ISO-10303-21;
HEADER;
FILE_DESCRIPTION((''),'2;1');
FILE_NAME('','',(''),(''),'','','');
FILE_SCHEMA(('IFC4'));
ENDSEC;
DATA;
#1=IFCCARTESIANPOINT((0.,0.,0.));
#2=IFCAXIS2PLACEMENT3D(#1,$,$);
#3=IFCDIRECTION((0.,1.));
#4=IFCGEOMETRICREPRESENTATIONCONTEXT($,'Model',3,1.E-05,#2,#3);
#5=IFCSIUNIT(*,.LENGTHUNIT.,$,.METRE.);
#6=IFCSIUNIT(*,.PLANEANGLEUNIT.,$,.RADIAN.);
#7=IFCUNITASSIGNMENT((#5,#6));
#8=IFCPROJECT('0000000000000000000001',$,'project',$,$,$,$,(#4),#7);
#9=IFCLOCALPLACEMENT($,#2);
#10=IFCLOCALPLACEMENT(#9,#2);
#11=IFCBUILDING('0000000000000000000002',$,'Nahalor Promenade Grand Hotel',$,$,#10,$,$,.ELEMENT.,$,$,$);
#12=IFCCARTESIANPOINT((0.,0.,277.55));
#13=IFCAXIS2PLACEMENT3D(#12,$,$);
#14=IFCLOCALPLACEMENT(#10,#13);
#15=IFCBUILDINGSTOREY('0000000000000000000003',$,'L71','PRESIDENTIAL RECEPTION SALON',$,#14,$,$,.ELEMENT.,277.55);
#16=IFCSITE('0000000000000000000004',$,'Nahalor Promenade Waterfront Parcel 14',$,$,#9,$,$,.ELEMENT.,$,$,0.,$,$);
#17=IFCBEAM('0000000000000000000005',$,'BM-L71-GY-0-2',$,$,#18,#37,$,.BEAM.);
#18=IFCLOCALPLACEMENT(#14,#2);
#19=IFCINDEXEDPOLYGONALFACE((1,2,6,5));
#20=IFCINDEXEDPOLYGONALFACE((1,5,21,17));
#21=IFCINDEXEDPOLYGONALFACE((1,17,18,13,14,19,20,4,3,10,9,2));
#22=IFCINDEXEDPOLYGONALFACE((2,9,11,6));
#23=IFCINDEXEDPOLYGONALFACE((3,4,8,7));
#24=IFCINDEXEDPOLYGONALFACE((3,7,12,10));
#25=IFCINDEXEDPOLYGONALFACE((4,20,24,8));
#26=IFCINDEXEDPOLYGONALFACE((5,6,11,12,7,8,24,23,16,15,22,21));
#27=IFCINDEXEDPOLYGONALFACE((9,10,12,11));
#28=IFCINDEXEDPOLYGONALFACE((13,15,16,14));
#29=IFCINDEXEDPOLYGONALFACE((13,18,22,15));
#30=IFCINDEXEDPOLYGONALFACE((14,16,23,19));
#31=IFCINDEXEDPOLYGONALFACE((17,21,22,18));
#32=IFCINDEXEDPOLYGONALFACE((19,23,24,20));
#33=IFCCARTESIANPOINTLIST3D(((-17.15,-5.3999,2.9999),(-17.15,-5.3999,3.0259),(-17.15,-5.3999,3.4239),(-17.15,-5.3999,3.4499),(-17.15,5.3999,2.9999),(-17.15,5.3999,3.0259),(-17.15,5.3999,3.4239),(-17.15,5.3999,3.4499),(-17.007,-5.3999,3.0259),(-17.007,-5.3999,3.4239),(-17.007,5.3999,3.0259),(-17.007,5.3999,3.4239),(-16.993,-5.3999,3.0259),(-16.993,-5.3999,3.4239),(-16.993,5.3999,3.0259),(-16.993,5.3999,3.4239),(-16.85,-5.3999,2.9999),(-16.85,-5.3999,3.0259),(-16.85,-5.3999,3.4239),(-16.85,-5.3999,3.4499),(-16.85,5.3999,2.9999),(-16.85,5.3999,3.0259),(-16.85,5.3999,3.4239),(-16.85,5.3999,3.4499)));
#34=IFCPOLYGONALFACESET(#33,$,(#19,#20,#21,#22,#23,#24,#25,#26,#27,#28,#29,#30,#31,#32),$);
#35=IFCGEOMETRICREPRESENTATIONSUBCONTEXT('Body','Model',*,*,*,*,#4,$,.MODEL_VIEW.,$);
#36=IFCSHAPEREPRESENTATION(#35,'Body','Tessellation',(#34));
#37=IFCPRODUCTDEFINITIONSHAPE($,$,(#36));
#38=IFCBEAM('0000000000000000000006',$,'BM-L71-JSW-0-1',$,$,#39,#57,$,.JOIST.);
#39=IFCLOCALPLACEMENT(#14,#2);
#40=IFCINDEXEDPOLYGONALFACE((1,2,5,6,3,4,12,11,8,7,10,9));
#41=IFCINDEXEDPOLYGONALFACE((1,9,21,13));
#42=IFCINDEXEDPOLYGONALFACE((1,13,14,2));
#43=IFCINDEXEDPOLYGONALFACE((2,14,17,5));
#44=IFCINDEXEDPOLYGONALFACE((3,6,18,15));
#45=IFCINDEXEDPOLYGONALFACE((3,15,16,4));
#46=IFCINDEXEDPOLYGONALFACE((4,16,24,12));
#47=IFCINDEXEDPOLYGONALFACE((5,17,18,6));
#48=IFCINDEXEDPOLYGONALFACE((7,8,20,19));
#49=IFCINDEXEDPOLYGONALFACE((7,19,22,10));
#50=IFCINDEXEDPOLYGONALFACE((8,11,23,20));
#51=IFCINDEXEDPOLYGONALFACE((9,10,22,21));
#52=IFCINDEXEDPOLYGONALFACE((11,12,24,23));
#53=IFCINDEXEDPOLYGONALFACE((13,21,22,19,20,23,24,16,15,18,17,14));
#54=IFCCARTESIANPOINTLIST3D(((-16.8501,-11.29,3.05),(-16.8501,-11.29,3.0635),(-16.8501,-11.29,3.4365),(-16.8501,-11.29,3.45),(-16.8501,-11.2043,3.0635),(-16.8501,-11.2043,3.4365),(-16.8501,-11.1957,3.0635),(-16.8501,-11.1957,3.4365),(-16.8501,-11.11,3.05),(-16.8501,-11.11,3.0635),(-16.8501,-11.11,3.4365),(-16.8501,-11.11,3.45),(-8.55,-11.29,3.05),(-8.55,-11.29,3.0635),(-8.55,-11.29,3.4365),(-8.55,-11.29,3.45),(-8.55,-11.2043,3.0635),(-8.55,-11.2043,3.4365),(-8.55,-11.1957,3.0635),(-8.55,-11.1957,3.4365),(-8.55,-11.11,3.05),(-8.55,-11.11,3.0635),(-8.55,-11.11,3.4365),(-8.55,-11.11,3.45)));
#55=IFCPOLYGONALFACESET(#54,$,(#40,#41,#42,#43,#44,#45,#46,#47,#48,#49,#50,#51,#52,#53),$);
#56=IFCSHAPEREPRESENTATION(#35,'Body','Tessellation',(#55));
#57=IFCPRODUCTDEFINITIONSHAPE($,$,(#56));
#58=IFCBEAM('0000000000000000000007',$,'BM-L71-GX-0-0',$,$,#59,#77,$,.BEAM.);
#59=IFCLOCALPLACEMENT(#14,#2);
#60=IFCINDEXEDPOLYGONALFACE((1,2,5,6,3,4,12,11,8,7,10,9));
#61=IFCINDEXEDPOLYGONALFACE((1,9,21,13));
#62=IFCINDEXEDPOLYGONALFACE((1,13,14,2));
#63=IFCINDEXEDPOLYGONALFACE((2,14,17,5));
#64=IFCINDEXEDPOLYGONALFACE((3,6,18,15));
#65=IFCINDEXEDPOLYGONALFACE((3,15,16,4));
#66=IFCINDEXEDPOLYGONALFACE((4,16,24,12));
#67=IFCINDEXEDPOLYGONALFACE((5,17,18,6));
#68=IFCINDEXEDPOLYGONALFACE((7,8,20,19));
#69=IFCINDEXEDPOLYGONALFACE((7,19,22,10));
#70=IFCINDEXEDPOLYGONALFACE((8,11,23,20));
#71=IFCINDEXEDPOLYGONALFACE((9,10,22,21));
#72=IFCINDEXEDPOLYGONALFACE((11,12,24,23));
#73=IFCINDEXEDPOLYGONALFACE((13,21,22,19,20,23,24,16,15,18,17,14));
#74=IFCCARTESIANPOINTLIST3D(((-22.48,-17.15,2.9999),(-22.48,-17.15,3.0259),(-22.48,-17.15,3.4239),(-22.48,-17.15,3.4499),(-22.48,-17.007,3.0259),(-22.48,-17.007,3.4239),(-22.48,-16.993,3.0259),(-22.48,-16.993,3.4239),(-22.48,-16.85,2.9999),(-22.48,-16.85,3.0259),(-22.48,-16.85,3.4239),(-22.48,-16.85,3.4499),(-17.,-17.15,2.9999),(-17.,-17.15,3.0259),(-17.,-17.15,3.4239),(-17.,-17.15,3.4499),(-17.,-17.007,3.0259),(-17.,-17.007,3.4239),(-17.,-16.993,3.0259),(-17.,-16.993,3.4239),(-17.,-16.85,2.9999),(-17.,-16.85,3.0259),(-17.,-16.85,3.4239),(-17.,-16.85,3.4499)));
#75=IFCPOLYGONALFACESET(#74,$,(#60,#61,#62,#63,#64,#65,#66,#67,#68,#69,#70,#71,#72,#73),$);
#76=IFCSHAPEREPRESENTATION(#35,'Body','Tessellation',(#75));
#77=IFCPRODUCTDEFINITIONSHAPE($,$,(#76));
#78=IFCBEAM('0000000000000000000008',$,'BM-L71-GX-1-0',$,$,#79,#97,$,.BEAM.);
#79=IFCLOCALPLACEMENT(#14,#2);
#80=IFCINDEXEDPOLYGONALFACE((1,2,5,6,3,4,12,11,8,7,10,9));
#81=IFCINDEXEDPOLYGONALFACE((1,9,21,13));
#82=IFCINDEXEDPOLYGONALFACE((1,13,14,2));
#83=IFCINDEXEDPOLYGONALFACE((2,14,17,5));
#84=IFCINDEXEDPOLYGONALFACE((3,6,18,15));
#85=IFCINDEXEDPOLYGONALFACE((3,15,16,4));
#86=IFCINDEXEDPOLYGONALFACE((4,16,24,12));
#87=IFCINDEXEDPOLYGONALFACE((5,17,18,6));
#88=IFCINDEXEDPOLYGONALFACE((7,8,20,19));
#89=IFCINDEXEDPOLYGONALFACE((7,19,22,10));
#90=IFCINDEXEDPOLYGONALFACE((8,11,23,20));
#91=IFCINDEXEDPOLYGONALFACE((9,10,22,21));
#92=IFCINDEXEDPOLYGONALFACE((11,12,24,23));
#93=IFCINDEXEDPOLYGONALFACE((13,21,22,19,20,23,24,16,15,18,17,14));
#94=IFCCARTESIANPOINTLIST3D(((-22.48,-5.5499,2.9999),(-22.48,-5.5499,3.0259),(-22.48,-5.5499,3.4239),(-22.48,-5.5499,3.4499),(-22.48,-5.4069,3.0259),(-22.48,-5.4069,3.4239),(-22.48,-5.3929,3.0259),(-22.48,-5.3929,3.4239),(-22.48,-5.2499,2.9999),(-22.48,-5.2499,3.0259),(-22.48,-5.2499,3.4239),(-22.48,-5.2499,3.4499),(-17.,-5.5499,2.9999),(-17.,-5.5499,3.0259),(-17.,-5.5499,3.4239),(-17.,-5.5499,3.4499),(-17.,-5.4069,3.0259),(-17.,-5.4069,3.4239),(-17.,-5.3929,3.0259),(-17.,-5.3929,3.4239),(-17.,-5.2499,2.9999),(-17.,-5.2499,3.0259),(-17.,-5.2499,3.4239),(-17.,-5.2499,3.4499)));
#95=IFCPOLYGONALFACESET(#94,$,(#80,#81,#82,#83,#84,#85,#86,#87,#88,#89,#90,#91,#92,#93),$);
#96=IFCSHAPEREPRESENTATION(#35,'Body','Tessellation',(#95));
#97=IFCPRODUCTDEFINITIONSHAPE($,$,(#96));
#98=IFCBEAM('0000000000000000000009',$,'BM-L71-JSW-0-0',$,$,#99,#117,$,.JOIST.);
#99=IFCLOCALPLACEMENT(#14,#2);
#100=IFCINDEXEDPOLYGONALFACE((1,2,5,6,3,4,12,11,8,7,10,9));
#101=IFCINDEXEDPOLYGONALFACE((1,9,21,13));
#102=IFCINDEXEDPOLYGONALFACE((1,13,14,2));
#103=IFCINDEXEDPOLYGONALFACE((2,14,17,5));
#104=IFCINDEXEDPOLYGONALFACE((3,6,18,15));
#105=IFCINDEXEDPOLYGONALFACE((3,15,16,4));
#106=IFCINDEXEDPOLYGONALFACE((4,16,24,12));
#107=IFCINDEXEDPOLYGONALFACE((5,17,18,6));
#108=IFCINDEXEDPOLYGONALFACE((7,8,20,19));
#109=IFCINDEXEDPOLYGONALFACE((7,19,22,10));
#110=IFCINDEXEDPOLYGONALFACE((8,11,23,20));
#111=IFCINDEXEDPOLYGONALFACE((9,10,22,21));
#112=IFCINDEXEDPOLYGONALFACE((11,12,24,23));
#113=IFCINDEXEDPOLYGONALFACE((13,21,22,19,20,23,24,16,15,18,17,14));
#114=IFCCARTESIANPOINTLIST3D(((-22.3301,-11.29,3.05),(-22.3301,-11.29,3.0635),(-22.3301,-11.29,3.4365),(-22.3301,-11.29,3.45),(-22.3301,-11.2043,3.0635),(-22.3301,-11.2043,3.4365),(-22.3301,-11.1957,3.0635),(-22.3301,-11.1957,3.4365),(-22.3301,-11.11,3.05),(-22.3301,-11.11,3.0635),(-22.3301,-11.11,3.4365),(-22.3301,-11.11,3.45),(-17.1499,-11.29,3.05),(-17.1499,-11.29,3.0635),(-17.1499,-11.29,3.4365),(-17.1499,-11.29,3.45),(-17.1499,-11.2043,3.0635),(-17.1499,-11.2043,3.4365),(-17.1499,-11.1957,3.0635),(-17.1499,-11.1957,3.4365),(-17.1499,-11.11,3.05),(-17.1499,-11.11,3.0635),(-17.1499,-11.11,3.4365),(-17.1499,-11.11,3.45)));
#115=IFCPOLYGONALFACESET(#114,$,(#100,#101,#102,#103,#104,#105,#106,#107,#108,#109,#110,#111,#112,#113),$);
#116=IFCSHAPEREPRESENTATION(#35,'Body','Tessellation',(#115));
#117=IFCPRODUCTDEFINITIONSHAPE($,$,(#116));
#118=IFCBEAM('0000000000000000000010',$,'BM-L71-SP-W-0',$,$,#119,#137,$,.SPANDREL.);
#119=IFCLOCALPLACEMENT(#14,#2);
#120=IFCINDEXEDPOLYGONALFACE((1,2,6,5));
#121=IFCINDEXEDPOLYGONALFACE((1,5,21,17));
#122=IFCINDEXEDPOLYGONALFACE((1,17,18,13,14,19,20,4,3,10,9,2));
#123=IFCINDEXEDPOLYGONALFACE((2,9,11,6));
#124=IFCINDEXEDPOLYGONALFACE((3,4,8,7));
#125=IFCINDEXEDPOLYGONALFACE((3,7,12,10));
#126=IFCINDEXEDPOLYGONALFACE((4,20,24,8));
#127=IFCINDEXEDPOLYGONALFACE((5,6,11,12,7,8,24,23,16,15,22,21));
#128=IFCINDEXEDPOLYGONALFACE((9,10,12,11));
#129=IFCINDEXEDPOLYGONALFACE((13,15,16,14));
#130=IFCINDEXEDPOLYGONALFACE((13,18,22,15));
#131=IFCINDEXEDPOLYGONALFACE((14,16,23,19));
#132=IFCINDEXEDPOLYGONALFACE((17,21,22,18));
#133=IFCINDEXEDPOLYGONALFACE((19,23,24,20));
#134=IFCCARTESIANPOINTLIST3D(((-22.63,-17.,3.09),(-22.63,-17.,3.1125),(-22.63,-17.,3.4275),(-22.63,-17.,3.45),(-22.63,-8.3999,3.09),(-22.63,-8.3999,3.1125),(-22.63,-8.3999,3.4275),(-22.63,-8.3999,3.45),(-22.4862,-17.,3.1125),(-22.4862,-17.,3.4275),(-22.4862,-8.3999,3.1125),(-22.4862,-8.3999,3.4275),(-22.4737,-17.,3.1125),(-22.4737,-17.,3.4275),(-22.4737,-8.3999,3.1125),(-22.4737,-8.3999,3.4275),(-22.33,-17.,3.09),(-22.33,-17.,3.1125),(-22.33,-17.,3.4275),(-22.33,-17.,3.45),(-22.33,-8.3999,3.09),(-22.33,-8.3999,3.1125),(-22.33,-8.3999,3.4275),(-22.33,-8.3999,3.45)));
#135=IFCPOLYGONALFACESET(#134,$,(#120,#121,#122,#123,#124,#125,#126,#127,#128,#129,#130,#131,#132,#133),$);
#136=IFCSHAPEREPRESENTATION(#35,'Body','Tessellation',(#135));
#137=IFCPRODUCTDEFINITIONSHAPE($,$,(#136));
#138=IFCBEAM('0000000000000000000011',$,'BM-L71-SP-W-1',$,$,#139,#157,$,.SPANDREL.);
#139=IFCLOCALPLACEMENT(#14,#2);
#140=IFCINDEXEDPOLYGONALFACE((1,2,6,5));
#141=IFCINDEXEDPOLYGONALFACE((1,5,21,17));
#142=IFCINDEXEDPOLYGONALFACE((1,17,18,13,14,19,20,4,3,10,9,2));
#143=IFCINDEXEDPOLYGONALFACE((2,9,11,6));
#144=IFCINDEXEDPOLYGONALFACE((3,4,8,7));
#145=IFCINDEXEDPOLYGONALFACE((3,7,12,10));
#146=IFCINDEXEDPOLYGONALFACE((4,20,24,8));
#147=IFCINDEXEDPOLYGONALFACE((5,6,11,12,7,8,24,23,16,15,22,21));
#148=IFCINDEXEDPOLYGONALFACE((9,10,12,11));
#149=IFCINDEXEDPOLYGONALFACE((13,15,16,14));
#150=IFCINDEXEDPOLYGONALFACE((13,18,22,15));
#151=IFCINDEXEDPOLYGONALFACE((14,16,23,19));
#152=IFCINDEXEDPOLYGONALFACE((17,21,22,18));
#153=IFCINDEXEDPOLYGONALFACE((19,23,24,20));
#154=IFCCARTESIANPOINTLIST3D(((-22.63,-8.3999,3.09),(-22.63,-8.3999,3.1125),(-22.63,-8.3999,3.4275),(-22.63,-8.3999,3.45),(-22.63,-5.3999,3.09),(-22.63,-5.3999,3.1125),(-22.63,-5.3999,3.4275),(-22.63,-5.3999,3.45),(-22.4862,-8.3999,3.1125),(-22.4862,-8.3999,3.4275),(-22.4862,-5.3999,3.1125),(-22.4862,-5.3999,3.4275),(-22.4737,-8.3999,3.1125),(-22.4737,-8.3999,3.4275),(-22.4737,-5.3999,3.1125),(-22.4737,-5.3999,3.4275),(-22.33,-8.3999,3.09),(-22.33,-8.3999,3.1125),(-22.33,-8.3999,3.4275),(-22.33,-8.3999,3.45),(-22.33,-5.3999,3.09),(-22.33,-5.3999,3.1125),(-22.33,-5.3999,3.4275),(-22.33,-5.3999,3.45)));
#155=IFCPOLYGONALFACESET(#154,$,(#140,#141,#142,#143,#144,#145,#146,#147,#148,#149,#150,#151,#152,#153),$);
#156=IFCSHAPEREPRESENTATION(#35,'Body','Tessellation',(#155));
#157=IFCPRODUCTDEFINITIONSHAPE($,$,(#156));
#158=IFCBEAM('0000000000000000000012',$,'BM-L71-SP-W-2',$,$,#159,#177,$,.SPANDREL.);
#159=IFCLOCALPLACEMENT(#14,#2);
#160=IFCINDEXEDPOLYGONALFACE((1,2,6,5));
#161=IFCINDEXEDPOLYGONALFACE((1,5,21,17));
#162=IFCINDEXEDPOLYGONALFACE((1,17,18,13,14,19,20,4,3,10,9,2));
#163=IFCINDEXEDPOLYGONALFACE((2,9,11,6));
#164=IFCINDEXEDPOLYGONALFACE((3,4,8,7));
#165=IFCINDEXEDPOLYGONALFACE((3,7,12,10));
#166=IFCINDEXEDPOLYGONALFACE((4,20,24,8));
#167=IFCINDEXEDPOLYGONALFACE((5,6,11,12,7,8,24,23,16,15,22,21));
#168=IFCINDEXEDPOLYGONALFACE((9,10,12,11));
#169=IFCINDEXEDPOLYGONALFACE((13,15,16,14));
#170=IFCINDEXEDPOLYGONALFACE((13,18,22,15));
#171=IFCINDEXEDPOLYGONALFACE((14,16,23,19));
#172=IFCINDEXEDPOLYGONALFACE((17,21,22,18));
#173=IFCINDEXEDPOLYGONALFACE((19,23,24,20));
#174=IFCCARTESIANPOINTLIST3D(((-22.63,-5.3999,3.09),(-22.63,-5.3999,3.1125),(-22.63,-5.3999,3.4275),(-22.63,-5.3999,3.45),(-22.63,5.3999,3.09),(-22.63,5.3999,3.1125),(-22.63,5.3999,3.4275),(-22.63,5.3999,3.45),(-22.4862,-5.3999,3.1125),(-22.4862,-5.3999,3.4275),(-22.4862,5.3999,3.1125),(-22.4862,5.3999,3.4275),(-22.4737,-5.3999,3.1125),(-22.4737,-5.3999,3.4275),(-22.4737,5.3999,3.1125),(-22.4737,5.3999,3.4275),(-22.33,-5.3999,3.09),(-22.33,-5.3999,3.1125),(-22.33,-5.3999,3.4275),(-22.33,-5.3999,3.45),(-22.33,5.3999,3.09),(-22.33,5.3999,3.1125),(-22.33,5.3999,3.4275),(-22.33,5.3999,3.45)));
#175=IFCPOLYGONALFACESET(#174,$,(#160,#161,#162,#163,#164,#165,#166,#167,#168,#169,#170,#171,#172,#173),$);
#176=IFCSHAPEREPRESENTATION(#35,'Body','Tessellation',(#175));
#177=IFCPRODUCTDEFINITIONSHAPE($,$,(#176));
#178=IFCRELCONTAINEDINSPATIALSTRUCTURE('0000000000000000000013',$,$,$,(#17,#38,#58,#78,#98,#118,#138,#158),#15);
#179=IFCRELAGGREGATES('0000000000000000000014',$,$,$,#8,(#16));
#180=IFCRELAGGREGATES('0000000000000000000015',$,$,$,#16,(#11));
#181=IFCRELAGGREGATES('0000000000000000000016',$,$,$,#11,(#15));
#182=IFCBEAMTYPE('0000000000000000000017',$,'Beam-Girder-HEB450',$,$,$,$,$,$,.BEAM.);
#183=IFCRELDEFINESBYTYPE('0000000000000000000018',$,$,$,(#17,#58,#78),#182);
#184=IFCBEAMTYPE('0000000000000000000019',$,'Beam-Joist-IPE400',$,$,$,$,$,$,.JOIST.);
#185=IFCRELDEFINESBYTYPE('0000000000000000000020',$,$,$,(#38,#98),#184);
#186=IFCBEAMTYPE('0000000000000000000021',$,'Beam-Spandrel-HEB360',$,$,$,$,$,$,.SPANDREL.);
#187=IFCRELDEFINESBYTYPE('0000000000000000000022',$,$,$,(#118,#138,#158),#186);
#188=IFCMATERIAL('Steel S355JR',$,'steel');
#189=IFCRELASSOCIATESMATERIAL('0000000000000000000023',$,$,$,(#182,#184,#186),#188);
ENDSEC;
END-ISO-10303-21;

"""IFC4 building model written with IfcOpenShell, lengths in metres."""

from ifc_helpers import new_model, si_unit, direction, frame, origin, origin_2d, place, context, subcontext, project, spatial, i_section, extrude, source, transform, mapped, material, material_profile, profile_set, type_object, element, save


model = new_model("IFC4")

# Units and contexts
model_context = context("Model", 3, precision=1e-05, world=origin(), true_north=direction((0.0, 1.0)))
body_context = subcontext(model_context, "Body", "Model", "MODEL_VIEW")
ifc_project = project(units=[si_unit("LENGTHUNIT", "METRE"), si_unit("PLANEANGLEUNIT", "RADIAN")], contexts=[model_context])

# Site, building, storey
site_placement = place(None, origin())
site = spatial("IfcSite", under=ifc_project, at=site_placement, Name="Nahalor Promenade Waterfront Parcel 14", CompositionType="ELEMENT", RefElevation=0.0)
building_placement = place(site_placement, origin())
building = spatial("IfcBuilding", under=site, at=building_placement, Name="Nahalor Promenade Grand Hotel", CompositionType="ELEMENT")
storey_placement = place(building_placement, frame((0.0, 0.0, 277.55)))
storey = spatial("IfcBuildingStorey", under=building, at=storey_placement, Name="L71", Description="PRESIDENTIAL RECEPTION SALON", CompositionType="ELEMENT", Elevation=277.55)

# Shared definitions
ifc_material_1 = material(Name="Steel S355JR", Category="steel")

# Beams
ifc_material_profile_1 = material_profile(ifc_material_1, i_section(OverallWidth=0.3, OverallDepth=0.45, WebThickness=0.014, FlangeThickness=0.026, at=origin_2d()), Name="HEB 450")
ifc_profile_set_1 = profile_set([ifc_material_profile_1], Name="Steel S355JR")
beam_type_1 = type_object("IfcBeamType", Name="Beam-Girder-HEB450", PredefinedType="BEAM", material=ifc_profile_set_1)
shared_shape_1 = source(origin(), body_context, "Body", "SweptSolid", [
    extrude(i_section(OverallWidth=0.3, OverallDepth=0.45, WebThickness=0.014, FlangeThickness=0.026, at=origin_2d()), origin(), (0.0, 0.0, 1.0), 10.7998),
])
beam_1_placement = place(storey_placement, frame((-17.0, -5.3999, 3.2249), z_axis=(0.0, 1.0, 0.0), x_axis=(-1.0, 0.0, 0.0)))
element("IfcBeam", 1, at=beam_1_placement, inside=storey, type_object=beam_type_1, Name="BM-L71-GY-0-2", PredefinedType="BEAM", context=body_context, shape_type="MappedRepresentation", body=[
    mapped(shared_shape_1, transform((0.0, 0.0, 0.0), scale=1.0)),
])
ifc_material_profile_2 = material_profile(ifc_material_1, i_section(OverallWidth=0.18, OverallDepth=0.4, WebThickness=0.0086, FlangeThickness=0.0135, at=origin_2d()), Name="IPE 400")
ifc_profile_set_2 = profile_set([ifc_material_profile_2], Name="Steel S355JR")
beam_type_2 = type_object("IfcBeamType", Name="Beam-Joist-IPE400", PredefinedType="JOIST", material=ifc_profile_set_2)
shared_shape_2 = source(origin(), body_context, "Body", "SweptSolid", [
    extrude(i_section(OverallWidth=0.18, OverallDepth=0.4, WebThickness=0.0086, FlangeThickness=0.0135, at=origin_2d()), origin(), (0.0, 0.0, 1.0), 8.3),
])
beam_2_placement = place(storey_placement, frame((-16.8501, -11.2, 3.25), z_axis=(1.0, 0.0, 0.0), x_axis=(0.0, 1.0, 0.0)))
element("IfcBeam", 2, at=beam_2_placement, inside=storey, type_object=beam_type_2, Name="BM-L71-JSW-0-1", PredefinedType="JOIST", context=body_context, shape_type="MappedRepresentation", body=[
    mapped(shared_shape_2, transform((0.0, 0.0, 0.0), scale=1.0)),
])
shared_shape_3 = source(origin(), body_context, "Body", "SweptSolid", [
    extrude(i_section(OverallWidth=0.3, OverallDepth=0.45, WebThickness=0.014, FlangeThickness=0.026, at=origin_2d()), origin(), (0.0, 0.0, 1.0), 5.48),
])
for number, where, z_axis, x_axis, name in (
    (3, (-22.48, -17.0, 3.2249), (1.0, 0.0, 0.0), (0.0, 1.0, 0.0), "BM-L71-GX-0-0"),
    (4, (-22.48, -5.3999, 3.2249), (1.0, 0.0, 0.0), (0.0, 1.0, 0.0), "BM-L71-GX-1-0"),
):
    element("IfcBeam", number, at=place(storey_placement, frame(where, z_axis=z_axis, x_axis=x_axis)), inside=storey, type_object=beam_type_1, Name=name, PredefinedType="BEAM", context=body_context, shape_type="MappedRepresentation", body=[
        mapped(shared_shape_3, transform((0.0, 0.0, 0.0), scale=1.0)),
    ])
shared_shape_4 = source(origin(), body_context, "Body", "SweptSolid", [
    extrude(i_section(OverallWidth=0.18, OverallDepth=0.4, WebThickness=0.0086, FlangeThickness=0.0135, at=origin_2d()), origin(), (0.0, 0.0, 1.0), 5.1802),
])
beam_3_placement = place(storey_placement, frame((-22.3301, -11.2, 3.25), z_axis=(1.0, 0.0, 0.0), x_axis=(0.0, 1.0, 0.0)))
element("IfcBeam", 5, at=beam_3_placement, inside=storey, type_object=beam_type_2, Name="BM-L71-JSW-0-0", PredefinedType="JOIST", context=body_context, shape_type="MappedRepresentation", body=[
    mapped(shared_shape_4, transform((0.0, 0.0, 0.0), scale=1.0)),
])
ifc_material_profile_3 = material_profile(ifc_material_1, i_section(OverallWidth=0.3, OverallDepth=0.36, WebThickness=0.0125, FlangeThickness=0.0225, at=origin_2d()), Name="HEB 360")
ifc_profile_set_3 = profile_set([ifc_material_profile_3], Name="Steel S355JR")
beam_type_3 = type_object("IfcBeamType", Name="Beam-Spandrel-HEB360", PredefinedType="SPANDREL", material=ifc_profile_set_3)
shared_shape_5 = source(origin(), body_context, "Body", "SweptSolid", [
    extrude(i_section(OverallWidth=0.3, OverallDepth=0.36, WebThickness=0.0125, FlangeThickness=0.0225, at=origin_2d()), origin(), (0.0, 0.0, 1.0), 8.6001),
])
beam_4_placement = place(storey_placement, frame((-22.48, -17.0, 3.27), z_axis=(0.0, 1.0, 0.0), x_axis=(-1.0, 0.0, 0.0)))
element("IfcBeam", 6, at=beam_4_placement, inside=storey, type_object=beam_type_3, Name="BM-L71-SP-W-0", PredefinedType="SPANDREL", context=body_context, shape_type="MappedRepresentation", body=[
    mapped(shared_shape_5, transform((0.0, 0.0, 0.0), scale=1.0)),
])
shared_shape_6 = source(origin(), body_context, "Body", "SweptSolid", [
    extrude(i_section(OverallWidth=0.3, OverallDepth=0.36, WebThickness=0.0125, FlangeThickness=0.0225, at=origin_2d()), origin(), (0.0, 0.0, 1.0), 3.0),
])
beam_5_placement = place(storey_placement, frame((-22.48, -8.3999, 3.27), z_axis=(0.0, 1.0, 0.0), x_axis=(-1.0, 0.0, 0.0)))
element("IfcBeam", 7, at=beam_5_placement, inside=storey, type_object=beam_type_3, Name="BM-L71-SP-W-1", PredefinedType="SPANDREL", context=body_context, shape_type="MappedRepresentation", body=[
    mapped(shared_shape_6, transform((0.0, 0.0, 0.0), scale=1.0)),
])
shared_shape_7 = source(origin(), body_context, "Body", "SweptSolid", [
    extrude(i_section(OverallWidth=0.3, OverallDepth=0.36, WebThickness=0.0125, FlangeThickness=0.0225, at=origin_2d()), origin(), (0.0, 0.0, 1.0), 10.7998),
])
beam_6_placement = place(storey_placement, frame((-22.48, -5.3999, 3.27), z_axis=(0.0, 1.0, 0.0), x_axis=(-1.0, 0.0, 0.0)))
element("IfcBeam", 8, at=beam_6_placement, inside=storey, type_object=beam_type_3, Name="BM-L71-SP-W-2", PredefinedType="SPANDREL", context=body_context, shape_type="MappedRepresentation", body=[
    mapped(shared_shape_7, transform((0.0, 0.0, 0.0), scale=1.0)),
])

save(model, "model.ifc")
